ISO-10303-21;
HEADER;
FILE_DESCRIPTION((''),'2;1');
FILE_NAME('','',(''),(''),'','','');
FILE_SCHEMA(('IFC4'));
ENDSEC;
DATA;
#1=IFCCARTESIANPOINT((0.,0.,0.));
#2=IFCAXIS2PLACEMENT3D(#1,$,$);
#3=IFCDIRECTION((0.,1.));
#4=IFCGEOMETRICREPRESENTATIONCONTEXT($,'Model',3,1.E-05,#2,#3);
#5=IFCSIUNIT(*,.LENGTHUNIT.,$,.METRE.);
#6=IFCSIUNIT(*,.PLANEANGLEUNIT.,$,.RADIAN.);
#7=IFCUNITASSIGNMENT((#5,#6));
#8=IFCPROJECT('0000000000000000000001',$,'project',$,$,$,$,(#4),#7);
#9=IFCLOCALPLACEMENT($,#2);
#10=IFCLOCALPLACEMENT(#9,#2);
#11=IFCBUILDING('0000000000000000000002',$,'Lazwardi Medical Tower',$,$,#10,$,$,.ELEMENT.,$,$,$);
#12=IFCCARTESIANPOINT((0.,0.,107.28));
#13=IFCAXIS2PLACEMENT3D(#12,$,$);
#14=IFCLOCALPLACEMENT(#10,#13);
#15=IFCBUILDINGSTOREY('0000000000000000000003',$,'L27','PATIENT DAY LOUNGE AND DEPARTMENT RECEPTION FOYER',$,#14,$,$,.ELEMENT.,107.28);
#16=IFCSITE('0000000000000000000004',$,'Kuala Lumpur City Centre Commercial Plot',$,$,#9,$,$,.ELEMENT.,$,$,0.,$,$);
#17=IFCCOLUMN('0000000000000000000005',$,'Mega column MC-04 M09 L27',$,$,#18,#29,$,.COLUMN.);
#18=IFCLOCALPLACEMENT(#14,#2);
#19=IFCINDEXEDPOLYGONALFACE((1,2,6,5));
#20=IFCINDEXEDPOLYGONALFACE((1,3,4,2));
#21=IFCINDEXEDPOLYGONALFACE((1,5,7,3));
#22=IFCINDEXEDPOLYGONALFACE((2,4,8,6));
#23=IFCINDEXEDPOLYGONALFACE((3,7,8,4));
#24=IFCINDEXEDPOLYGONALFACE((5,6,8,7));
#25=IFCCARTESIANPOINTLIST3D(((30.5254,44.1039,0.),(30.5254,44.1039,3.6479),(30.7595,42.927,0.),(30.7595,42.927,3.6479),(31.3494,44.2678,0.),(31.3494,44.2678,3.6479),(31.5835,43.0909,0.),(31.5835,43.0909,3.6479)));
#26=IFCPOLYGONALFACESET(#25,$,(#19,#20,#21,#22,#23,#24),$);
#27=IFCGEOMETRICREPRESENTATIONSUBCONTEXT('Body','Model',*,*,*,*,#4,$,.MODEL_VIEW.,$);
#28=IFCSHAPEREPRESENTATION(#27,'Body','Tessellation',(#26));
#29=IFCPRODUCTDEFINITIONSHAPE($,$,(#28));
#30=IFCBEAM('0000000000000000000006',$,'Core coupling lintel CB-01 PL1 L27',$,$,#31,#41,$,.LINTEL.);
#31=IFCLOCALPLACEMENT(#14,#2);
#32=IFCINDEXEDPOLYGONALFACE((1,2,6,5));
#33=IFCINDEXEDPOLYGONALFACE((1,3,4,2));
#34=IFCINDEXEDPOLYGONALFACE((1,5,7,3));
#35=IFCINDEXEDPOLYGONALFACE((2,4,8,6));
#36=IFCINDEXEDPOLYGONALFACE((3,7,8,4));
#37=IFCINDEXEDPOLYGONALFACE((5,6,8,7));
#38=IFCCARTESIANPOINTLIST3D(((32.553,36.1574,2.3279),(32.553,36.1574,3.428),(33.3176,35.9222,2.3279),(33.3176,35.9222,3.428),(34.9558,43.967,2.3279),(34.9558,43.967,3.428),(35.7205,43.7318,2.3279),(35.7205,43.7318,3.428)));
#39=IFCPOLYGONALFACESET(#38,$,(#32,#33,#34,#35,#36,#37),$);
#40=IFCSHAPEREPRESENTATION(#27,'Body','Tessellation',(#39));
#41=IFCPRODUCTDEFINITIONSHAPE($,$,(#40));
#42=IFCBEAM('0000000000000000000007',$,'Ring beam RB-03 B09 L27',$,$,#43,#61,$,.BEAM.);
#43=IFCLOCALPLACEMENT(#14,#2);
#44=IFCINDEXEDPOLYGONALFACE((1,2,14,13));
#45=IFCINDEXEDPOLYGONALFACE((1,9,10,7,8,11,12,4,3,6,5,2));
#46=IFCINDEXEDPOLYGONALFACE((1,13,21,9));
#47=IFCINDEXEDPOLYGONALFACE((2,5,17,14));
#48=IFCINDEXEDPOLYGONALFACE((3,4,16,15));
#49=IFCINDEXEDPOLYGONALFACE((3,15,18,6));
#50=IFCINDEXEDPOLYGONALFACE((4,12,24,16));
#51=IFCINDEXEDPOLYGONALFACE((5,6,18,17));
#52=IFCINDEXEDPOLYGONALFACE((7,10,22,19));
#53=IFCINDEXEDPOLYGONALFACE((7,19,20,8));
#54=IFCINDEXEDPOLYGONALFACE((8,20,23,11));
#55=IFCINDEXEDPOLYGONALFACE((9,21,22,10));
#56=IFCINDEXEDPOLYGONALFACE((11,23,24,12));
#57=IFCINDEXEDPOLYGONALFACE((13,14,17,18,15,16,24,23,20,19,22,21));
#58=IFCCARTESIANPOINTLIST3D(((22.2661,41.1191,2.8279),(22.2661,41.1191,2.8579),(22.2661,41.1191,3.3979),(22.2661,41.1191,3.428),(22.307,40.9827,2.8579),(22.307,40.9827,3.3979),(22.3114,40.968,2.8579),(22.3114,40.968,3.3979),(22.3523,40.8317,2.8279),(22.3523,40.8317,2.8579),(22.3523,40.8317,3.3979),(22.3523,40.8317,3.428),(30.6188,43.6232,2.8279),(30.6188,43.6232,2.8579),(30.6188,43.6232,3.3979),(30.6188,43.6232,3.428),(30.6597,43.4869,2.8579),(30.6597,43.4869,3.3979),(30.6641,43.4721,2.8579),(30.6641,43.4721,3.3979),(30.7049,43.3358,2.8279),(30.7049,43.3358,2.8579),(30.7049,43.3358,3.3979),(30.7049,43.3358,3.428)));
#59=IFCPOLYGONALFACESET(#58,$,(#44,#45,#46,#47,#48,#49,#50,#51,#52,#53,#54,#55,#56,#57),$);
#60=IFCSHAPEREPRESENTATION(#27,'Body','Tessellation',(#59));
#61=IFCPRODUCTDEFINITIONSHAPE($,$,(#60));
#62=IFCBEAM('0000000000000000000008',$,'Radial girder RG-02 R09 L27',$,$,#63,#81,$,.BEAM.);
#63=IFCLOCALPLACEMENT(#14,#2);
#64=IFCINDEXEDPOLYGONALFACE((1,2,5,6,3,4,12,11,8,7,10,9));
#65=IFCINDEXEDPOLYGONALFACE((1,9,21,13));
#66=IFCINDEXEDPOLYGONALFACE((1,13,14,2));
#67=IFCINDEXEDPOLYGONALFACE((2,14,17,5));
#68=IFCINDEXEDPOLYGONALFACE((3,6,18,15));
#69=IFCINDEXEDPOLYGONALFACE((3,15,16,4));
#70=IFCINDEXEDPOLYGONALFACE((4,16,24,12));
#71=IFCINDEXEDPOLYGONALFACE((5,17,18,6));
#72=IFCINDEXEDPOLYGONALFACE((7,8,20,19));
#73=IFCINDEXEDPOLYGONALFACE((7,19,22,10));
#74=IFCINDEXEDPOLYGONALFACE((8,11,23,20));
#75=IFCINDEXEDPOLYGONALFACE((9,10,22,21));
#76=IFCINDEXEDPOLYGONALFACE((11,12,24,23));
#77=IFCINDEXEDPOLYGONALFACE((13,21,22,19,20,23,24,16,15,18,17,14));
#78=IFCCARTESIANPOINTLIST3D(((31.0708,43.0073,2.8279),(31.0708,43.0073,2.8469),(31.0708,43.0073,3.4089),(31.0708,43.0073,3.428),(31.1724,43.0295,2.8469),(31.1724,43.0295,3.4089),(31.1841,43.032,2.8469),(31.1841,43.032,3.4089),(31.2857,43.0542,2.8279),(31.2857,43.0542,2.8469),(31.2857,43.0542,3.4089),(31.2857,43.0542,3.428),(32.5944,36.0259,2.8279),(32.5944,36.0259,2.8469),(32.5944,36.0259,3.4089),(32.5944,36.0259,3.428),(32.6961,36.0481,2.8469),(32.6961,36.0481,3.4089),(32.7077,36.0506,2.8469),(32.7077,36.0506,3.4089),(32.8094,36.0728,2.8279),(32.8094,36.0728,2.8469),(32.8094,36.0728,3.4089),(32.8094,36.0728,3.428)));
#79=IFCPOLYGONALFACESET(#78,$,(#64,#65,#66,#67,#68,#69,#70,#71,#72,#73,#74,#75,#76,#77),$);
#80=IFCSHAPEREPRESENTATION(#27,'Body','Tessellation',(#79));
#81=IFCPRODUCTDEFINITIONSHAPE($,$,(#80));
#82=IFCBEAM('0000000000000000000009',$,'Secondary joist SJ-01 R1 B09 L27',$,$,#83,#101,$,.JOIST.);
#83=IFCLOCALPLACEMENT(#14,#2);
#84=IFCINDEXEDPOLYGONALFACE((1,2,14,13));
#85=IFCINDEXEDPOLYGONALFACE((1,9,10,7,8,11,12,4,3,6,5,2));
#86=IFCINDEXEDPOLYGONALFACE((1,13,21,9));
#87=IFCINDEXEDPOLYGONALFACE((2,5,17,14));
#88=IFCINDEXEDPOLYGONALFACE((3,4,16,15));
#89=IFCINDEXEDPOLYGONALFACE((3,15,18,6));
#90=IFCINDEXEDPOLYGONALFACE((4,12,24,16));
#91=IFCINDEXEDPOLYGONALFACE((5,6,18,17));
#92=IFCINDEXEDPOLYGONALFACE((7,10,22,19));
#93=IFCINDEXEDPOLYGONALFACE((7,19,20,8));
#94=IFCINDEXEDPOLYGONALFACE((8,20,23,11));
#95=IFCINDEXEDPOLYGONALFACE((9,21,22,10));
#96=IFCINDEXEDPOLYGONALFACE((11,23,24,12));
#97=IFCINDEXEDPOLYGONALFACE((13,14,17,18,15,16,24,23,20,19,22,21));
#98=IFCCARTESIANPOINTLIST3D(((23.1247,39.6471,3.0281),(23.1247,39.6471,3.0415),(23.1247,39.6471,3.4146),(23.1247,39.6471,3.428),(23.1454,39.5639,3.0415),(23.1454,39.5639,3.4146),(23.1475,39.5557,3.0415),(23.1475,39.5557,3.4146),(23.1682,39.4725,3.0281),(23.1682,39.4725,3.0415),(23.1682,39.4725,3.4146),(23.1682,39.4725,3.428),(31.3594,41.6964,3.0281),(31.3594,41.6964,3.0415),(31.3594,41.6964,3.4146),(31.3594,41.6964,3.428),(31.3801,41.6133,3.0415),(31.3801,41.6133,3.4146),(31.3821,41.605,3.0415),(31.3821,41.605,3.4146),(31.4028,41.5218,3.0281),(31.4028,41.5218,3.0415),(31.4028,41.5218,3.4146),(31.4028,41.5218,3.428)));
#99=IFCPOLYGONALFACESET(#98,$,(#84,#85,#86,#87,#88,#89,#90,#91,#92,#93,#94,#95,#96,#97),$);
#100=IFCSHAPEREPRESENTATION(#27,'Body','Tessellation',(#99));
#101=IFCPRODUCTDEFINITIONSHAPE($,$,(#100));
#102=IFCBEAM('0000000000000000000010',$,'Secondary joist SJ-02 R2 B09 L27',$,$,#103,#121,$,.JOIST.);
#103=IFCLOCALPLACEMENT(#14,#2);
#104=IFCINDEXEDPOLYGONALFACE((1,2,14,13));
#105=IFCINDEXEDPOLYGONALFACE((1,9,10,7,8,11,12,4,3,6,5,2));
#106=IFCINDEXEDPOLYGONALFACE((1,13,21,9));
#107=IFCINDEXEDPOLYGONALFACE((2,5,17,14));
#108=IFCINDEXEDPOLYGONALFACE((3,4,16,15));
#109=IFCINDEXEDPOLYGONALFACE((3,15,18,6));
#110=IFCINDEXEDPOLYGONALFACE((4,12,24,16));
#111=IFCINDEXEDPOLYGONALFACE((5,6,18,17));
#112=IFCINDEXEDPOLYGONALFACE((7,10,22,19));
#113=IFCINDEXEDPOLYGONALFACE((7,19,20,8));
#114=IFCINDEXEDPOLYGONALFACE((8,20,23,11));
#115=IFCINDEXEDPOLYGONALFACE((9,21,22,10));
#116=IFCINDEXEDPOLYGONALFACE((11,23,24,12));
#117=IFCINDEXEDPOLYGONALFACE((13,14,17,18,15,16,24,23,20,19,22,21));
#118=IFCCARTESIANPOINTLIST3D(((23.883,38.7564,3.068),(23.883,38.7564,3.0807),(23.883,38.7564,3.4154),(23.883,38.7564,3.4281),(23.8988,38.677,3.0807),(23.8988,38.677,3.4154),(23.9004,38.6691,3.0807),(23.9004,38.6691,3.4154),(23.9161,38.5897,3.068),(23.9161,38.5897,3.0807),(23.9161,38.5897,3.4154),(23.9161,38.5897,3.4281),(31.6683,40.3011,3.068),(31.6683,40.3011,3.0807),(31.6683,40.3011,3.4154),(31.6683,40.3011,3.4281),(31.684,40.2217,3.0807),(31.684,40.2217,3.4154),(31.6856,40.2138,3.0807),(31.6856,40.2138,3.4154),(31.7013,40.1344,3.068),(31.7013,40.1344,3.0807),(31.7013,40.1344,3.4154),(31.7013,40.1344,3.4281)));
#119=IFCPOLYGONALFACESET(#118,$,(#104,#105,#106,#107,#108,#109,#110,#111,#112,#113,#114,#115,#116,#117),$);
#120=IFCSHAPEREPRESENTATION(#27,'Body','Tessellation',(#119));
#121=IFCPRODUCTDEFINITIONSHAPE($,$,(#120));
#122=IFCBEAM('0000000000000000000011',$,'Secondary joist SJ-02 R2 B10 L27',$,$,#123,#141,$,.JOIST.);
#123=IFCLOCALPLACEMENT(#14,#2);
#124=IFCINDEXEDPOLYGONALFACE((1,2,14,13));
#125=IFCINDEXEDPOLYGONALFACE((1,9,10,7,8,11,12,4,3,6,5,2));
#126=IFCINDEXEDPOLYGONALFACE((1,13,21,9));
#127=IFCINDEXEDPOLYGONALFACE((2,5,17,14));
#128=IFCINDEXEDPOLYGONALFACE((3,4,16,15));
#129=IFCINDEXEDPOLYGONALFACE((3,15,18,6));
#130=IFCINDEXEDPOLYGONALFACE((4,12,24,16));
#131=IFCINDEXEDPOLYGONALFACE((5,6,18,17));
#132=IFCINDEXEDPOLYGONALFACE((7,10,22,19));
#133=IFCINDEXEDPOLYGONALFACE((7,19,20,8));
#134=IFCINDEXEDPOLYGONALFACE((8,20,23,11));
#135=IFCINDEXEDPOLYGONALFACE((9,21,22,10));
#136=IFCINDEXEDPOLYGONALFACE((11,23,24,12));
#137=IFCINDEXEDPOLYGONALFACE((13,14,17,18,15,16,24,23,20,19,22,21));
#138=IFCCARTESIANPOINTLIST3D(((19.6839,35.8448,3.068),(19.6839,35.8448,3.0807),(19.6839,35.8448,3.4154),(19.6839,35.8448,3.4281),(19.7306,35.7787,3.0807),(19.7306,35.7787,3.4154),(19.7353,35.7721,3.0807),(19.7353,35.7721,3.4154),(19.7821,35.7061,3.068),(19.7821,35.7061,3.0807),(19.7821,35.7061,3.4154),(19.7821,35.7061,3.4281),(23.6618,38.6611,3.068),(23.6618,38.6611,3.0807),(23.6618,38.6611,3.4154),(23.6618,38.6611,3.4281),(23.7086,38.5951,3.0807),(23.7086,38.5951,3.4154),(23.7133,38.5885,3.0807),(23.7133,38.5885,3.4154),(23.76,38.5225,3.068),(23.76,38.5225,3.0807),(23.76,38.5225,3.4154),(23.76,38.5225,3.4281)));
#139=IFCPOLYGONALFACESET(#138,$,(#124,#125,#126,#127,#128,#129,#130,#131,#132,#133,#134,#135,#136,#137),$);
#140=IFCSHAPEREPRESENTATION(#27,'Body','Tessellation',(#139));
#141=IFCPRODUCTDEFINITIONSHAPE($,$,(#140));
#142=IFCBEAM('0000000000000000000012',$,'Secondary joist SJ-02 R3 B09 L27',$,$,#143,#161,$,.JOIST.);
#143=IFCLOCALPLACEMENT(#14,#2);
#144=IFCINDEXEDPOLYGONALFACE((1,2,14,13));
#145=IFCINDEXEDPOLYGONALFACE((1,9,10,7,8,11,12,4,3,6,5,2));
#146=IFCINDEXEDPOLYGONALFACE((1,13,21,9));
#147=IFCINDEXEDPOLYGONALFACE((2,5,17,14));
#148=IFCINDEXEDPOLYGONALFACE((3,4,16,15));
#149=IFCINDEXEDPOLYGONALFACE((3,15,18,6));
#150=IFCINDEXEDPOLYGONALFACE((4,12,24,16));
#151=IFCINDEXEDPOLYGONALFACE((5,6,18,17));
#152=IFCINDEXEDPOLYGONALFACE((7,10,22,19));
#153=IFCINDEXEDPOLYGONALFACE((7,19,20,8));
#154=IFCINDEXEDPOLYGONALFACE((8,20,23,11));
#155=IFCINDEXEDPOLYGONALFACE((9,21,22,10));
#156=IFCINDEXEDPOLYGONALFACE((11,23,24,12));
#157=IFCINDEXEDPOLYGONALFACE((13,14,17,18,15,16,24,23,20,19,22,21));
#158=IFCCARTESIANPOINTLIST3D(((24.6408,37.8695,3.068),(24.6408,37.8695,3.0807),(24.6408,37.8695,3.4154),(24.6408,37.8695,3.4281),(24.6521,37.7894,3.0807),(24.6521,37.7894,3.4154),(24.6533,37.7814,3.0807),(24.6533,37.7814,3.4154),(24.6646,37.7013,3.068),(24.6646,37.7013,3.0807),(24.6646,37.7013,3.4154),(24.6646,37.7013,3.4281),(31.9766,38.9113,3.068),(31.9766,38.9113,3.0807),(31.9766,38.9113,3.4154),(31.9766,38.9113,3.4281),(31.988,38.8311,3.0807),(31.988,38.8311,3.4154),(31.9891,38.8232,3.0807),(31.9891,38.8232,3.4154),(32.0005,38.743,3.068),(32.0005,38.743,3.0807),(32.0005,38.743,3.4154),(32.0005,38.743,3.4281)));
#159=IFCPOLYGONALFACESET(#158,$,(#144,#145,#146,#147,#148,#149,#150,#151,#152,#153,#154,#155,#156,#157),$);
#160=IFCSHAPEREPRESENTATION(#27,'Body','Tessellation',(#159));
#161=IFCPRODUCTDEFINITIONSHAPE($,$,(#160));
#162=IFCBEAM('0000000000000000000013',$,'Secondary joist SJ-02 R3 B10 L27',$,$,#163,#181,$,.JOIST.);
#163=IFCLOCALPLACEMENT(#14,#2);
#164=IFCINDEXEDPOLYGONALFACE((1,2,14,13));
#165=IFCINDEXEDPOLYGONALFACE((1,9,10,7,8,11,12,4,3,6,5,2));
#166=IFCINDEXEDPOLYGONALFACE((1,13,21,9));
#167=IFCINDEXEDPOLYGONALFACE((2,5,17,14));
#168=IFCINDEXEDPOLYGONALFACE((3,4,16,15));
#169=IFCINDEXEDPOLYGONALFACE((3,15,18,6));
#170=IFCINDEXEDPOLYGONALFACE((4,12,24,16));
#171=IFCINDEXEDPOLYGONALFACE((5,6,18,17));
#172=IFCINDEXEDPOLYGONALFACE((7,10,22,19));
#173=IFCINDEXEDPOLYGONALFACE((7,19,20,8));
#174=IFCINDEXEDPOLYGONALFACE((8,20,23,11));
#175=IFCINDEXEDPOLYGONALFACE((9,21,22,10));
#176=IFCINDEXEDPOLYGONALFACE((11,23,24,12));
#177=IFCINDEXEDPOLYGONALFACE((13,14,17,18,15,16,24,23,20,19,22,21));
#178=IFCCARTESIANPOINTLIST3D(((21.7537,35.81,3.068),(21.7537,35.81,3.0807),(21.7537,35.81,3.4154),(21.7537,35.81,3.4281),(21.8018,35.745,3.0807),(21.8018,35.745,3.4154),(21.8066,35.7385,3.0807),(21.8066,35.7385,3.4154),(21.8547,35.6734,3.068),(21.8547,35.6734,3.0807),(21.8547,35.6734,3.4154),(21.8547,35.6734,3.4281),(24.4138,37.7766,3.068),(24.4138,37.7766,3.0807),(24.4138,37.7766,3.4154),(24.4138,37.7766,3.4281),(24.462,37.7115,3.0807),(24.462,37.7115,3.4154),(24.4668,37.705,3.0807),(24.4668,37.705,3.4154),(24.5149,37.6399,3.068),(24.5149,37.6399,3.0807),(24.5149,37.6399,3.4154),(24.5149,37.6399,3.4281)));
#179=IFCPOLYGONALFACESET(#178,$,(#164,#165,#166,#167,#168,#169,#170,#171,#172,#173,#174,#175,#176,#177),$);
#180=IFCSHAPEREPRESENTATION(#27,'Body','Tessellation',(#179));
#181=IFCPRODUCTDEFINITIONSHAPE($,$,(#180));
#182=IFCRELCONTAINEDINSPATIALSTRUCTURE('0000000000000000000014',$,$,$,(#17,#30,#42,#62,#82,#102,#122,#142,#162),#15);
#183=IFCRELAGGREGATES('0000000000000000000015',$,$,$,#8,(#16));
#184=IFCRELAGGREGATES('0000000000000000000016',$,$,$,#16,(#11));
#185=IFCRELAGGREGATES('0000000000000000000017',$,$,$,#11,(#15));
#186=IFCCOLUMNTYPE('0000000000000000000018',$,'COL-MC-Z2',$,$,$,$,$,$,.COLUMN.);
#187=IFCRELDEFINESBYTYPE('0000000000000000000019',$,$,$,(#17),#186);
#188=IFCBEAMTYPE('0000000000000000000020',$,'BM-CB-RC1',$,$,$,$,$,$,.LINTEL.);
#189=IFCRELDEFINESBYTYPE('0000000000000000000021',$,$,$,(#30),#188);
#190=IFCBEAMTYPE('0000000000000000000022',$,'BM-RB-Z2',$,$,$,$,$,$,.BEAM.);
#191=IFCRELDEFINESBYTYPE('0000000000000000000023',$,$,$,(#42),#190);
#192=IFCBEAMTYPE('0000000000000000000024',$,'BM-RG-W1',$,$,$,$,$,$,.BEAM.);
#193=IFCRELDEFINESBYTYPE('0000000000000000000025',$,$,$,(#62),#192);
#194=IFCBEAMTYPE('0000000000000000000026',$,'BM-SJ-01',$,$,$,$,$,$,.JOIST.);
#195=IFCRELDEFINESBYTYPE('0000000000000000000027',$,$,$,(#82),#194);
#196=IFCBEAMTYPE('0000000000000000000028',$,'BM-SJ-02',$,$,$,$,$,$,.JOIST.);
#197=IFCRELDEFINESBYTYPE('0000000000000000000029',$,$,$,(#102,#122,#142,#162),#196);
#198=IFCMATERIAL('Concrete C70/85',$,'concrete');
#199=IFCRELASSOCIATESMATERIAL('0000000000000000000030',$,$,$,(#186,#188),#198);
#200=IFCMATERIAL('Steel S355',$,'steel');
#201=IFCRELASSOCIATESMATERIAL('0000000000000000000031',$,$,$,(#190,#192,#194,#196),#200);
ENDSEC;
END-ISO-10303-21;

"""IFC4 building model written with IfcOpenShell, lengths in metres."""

from ifc_helpers import new_model, si_unit, direction, frame, origin, origin_2d, place, context, subcontext, project, spatial, rectangle, i_section, extrude, material, material_profile, profile_set, type_object, element, save


model = new_model("IFC4")

# Units and contexts
model_context = context("Model", 3, precision=1e-05, world=origin(), true_north=direction((0.0, 1.0)))
body_context = subcontext(model_context, "Body", "Model", "MODEL_VIEW")
ifc_project = project(units=[si_unit("LENGTHUNIT", "METRE"), si_unit("PLANEANGLEUNIT", "RADIAN")], contexts=[model_context])

# Site, building, storey
site_placement = place(None, origin())
site = spatial("IfcSite", under=ifc_project, at=site_placement, Name="Kuala Lumpur City Centre Commercial Plot", CompositionType="ELEMENT", RefElevation=0.0)
building_placement = place(site_placement, origin())
building = spatial("IfcBuilding", under=site, at=building_placement, Name="Lazwardi Medical Tower", CompositionType="ELEMENT")
storey_placement = place(building_placement, frame((0.0, 0.0, 107.28)))
storey = spatial("IfcBuildingStorey", under=building, at=storey_placement, Name="L27", Description="PATIENT DAY LOUNGE AND DEPARTMENT RECEPTION FOYER", CompositionType="ELEMENT", Elevation=107.28)

# Column
ifc_material_1 = material(Name="Concrete C70/85", Category="concrete")
ifc_material_profile_1 = material_profile(ifc_material_1, rectangle(XDim=1.2, YDim=0.8401, at=origin_2d()), Name="CFT-RECT 1200x840")
ifc_profile_set_1 = profile_set([ifc_material_profile_1], Name="Concrete C70/85")
column_type = type_object("IfcColumnType", Name="COL-MC-Z2", PredefinedType="COLUMN", material=ifc_profile_set_1)
column_placement = place(storey_placement, frame((31.0544, 43.5974, 0.0), z_axis=(0.0, 0.0, 1.0), x_axis=(-0.19509, 0.980785, 0.0)))
element("IfcColumn", 1, at=column_placement, inside=storey, type_object=column_type, Name="Mega column MC-04 M09 L27", PredefinedType="COLUMN", context=body_context, shape_type="SweptSolid", body=[
    extrude(rectangle(XDim=1.2, YDim=0.8401, at=origin_2d()), origin(), (0.0, 0.0, 1.0), 3.6479),
])

# Beams
ifc_material_profile_2 = material_profile(ifc_material_1, rectangle(XDim=0.8, YDim=1.1001, at=origin_2d()), Name="RC 800x1100")
ifc_profile_set_2 = profile_set([ifc_material_profile_2], Name="Concrete C70/85")
beam_type_1 = type_object("IfcBeamType", Name="BM-CB-RC1", PredefinedType="LINTEL", material=ifc_profile_set_2)
beam_1_placement = place(storey_placement, frame((32.9353, 36.0398, 2.8779), z_axis=(0.294073, 0.955783, 0.0), x_axis=(-0.955783, 0.294073, 0.0)))
element("IfcBeam", 2, at=beam_1_placement, inside=storey, type_object=beam_type_1, Name="Core coupling lintel CB-01 PL1 L27", PredefinedType="LINTEL", context=body_context, shape_type="SweptSolid", body=[
    extrude(rectangle(XDim=0.8, YDim=1.1001, at=origin_2d()), origin(), (0.0, 0.0, 1.0), 8.1709),
])
ifc_material_2 = material(Name="Steel S355", Category="steel")
ifc_material_profile_3 = material_profile(ifc_material_2, i_section(OverallWidth=0.3, OverallDepth=0.6001, WebThickness=0.0154, FlangeThickness=0.03, at=origin_2d()), Name="HEB 600")
ifc_profile_set_3 = profile_set([ifc_material_profile_3], Name="Steel S355")
beam_type_2 = type_object("IfcBeamType", Name="BM-RB-Z2", PredefinedType="BEAM", material=ifc_profile_set_3)
beam_2_placement = place(storey_placement, frame((30.6619, 43.4795, 3.1279), z_axis=(-0.957879, -0.287171, 0.0), x_axis=(0.287171, -0.957879, 0.0)))
element("IfcBeam", 3, at=beam_2_placement, inside=storey, type_object=beam_type_2, Name="Ring beam RB-03 B09 L27", PredefinedType="BEAM", context=body_context, shape_type="SweptSolid", body=[
    extrude(i_section(OverallWidth=0.3, OverallDepth=0.6001, WebThickness=0.0154, FlangeThickness=0.03, at=origin_2d()), origin(), (0.0, 0.0, 1.0), 8.72),
])
ifc_material_profile_4 = material_profile(ifc_material_2, i_section(OverallWidth=0.22, OverallDepth=0.6001, WebThickness=0.012, FlangeThickness=0.019, at=origin_2d()), Name="IPE 600")
ifc_profile_set_4 = profile_set([ifc_material_profile_4], Name="Steel S355")
beam_type_3 = type_object("IfcBeamType", Name="BM-RG-W1", PredefinedType="BEAM", material=ifc_profile_set_4)
beam_3_placement = place(storey_placement, frame((31.1782, 43.0308, 3.1279), z_axis=(0.213228, -0.977002, 0.0), x_axis=(0.977002, 0.213228, 0.0)))
element("IfcBeam", 4, at=beam_3_placement, inside=storey, type_object=beam_type_3, Name="Radial girder RG-02 R09 L27", PredefinedType="BEAM", context=body_context, shape_type="SweptSolid", body=[
    extrude(i_section(OverallWidth=0.22, OverallDepth=0.6001, WebThickness=0.012, FlangeThickness=0.019, at=origin_2d()), origin(), (0.0, 0.0, 1.0), 7.1458),
])
ifc_material_profile_5 = material_profile(ifc_material_2, i_section(OverallWidth=0.1799, OverallDepth=0.3999, WebThickness=0.0085, FlangeThickness=0.0134, at=origin_2d()), Name="IPE 400")
ifc_profile_set_5 = profile_set([ifc_material_profile_5], Name="Steel S355")
beam_type_4 = type_object("IfcBeamType", Name="BM-SJ-01", PredefinedType="JOIST", material=ifc_profile_set_5)
beam_4_placement = place(storey_placement, frame((31.3811, 41.6091, 3.228), z_axis=(-0.970401, -0.2415, 0.0), x_axis=(0.2415, -0.970401, 0.0)))
element("IfcBeam", 5, at=beam_4_placement, inside=storey, type_object=beam_type_4, Name="Secondary joist SJ-01 R1 B09 L27", PredefinedType="JOIST", context=body_context, shape_type="SweptSolid", body=[
    extrude(i_section(OverallWidth=0.1799, OverallDepth=0.3999, WebThickness=0.0085, FlangeThickness=0.0134, at=origin_2d()), origin(), (0.0, 0.0, 1.0), 8.4858),
])
ifc_material_profile_6 = material_profile(ifc_material_2, i_section(OverallWidth=0.1699, OverallDepth=0.3601, WebThickness=0.0081, FlangeThickness=0.0127, at=origin_2d()), Name="IPE 360")
ifc_profile_set_6 = profile_set([ifc_material_profile_6], Name="Steel S355")
beam_type_5 = type_object("IfcBeamType", Name="BM-SJ-02", PredefinedType="JOIST", material=ifc_profile_set_6)
beam_5_placement = place(storey_placement, frame((31.6848, 40.2178, 3.248), z_axis=(-0.980879, -0.194619, 0.0), x_axis=(0.194619, -0.980879, 0.0)))
element("IfcBeam", 6, at=beam_5_placement, inside=storey, type_object=beam_type_5, Name="Secondary joist SJ-02 R2 B09 L27", PredefinedType="JOIST", context=body_context, shape_type="SweptSolid", body=[
    extrude(i_section(OverallWidth=0.1699, OverallDepth=0.3601, WebThickness=0.0081, FlangeThickness=0.0127, at=origin_2d()), origin(), (0.0, 0.0, 1.0), 7.937),
])
beam_6_placement = place(storey_placement, frame((23.7109, 38.5918, 3.248), z_axis=(-0.816156, -0.577831, 0.0), x_axis=(0.577831, -0.816156, 0.0)))
element("IfcBeam", 7, at=beam_6_placement, inside=storey, type_object=beam_type_5, Name="Secondary joist SJ-02 R2 B10 L27", PredefinedType="JOIST", context=body_context, shape_type="SweptSolid", body=[
    extrude(i_section(OverallWidth=0.1699, OverallDepth=0.3601, WebThickness=0.0081, FlangeThickness=0.0127, at=origin_2d()), origin(), (0.0, 0.0, 1.0), 4.874),
])
beam_7_placement = place(storey_placement, frame((31.9885, 38.8271, 3.248), z_axis=(-0.990067, -0.140596, 0.0), x_axis=(0.140596, -0.990067, 0.0)))
element("IfcBeam", 8, at=beam_7_placement, inside=storey, type_object=beam_type_5, Name="Secondary joist SJ-02 R3 B09 L27", PredefinedType="JOIST", context=body_context, shape_type="SweptSolid", body=[
    extrude(i_section(OverallWidth=0.1699, OverallDepth=0.3601, WebThickness=0.0081, FlangeThickness=0.0127, at=origin_2d()), origin(), (0.0, 0.0, 1.0), 7.4094),
])
beam_8_placement = place(storey_placement, frame((24.4644, 37.7083, 3.248), z_axis=(-0.804126, -0.59446, 0.0), x_axis=(0.59446, -0.804126, 0.0)))
element("IfcBeam", 9, at=beam_8_placement, inside=storey, type_object=beam_type_5, Name="Secondary joist SJ-02 R3 B10 L27", PredefinedType="JOIST", context=body_context, shape_type="SweptSolid", body=[
    extrude(i_section(OverallWidth=0.1699, OverallDepth=0.3601, WebThickness=0.0081, FlangeThickness=0.0127, at=origin_2d()), origin(), (0.0, 0.0, 1.0), 3.3081),
])

save(model, "model.ifc")
